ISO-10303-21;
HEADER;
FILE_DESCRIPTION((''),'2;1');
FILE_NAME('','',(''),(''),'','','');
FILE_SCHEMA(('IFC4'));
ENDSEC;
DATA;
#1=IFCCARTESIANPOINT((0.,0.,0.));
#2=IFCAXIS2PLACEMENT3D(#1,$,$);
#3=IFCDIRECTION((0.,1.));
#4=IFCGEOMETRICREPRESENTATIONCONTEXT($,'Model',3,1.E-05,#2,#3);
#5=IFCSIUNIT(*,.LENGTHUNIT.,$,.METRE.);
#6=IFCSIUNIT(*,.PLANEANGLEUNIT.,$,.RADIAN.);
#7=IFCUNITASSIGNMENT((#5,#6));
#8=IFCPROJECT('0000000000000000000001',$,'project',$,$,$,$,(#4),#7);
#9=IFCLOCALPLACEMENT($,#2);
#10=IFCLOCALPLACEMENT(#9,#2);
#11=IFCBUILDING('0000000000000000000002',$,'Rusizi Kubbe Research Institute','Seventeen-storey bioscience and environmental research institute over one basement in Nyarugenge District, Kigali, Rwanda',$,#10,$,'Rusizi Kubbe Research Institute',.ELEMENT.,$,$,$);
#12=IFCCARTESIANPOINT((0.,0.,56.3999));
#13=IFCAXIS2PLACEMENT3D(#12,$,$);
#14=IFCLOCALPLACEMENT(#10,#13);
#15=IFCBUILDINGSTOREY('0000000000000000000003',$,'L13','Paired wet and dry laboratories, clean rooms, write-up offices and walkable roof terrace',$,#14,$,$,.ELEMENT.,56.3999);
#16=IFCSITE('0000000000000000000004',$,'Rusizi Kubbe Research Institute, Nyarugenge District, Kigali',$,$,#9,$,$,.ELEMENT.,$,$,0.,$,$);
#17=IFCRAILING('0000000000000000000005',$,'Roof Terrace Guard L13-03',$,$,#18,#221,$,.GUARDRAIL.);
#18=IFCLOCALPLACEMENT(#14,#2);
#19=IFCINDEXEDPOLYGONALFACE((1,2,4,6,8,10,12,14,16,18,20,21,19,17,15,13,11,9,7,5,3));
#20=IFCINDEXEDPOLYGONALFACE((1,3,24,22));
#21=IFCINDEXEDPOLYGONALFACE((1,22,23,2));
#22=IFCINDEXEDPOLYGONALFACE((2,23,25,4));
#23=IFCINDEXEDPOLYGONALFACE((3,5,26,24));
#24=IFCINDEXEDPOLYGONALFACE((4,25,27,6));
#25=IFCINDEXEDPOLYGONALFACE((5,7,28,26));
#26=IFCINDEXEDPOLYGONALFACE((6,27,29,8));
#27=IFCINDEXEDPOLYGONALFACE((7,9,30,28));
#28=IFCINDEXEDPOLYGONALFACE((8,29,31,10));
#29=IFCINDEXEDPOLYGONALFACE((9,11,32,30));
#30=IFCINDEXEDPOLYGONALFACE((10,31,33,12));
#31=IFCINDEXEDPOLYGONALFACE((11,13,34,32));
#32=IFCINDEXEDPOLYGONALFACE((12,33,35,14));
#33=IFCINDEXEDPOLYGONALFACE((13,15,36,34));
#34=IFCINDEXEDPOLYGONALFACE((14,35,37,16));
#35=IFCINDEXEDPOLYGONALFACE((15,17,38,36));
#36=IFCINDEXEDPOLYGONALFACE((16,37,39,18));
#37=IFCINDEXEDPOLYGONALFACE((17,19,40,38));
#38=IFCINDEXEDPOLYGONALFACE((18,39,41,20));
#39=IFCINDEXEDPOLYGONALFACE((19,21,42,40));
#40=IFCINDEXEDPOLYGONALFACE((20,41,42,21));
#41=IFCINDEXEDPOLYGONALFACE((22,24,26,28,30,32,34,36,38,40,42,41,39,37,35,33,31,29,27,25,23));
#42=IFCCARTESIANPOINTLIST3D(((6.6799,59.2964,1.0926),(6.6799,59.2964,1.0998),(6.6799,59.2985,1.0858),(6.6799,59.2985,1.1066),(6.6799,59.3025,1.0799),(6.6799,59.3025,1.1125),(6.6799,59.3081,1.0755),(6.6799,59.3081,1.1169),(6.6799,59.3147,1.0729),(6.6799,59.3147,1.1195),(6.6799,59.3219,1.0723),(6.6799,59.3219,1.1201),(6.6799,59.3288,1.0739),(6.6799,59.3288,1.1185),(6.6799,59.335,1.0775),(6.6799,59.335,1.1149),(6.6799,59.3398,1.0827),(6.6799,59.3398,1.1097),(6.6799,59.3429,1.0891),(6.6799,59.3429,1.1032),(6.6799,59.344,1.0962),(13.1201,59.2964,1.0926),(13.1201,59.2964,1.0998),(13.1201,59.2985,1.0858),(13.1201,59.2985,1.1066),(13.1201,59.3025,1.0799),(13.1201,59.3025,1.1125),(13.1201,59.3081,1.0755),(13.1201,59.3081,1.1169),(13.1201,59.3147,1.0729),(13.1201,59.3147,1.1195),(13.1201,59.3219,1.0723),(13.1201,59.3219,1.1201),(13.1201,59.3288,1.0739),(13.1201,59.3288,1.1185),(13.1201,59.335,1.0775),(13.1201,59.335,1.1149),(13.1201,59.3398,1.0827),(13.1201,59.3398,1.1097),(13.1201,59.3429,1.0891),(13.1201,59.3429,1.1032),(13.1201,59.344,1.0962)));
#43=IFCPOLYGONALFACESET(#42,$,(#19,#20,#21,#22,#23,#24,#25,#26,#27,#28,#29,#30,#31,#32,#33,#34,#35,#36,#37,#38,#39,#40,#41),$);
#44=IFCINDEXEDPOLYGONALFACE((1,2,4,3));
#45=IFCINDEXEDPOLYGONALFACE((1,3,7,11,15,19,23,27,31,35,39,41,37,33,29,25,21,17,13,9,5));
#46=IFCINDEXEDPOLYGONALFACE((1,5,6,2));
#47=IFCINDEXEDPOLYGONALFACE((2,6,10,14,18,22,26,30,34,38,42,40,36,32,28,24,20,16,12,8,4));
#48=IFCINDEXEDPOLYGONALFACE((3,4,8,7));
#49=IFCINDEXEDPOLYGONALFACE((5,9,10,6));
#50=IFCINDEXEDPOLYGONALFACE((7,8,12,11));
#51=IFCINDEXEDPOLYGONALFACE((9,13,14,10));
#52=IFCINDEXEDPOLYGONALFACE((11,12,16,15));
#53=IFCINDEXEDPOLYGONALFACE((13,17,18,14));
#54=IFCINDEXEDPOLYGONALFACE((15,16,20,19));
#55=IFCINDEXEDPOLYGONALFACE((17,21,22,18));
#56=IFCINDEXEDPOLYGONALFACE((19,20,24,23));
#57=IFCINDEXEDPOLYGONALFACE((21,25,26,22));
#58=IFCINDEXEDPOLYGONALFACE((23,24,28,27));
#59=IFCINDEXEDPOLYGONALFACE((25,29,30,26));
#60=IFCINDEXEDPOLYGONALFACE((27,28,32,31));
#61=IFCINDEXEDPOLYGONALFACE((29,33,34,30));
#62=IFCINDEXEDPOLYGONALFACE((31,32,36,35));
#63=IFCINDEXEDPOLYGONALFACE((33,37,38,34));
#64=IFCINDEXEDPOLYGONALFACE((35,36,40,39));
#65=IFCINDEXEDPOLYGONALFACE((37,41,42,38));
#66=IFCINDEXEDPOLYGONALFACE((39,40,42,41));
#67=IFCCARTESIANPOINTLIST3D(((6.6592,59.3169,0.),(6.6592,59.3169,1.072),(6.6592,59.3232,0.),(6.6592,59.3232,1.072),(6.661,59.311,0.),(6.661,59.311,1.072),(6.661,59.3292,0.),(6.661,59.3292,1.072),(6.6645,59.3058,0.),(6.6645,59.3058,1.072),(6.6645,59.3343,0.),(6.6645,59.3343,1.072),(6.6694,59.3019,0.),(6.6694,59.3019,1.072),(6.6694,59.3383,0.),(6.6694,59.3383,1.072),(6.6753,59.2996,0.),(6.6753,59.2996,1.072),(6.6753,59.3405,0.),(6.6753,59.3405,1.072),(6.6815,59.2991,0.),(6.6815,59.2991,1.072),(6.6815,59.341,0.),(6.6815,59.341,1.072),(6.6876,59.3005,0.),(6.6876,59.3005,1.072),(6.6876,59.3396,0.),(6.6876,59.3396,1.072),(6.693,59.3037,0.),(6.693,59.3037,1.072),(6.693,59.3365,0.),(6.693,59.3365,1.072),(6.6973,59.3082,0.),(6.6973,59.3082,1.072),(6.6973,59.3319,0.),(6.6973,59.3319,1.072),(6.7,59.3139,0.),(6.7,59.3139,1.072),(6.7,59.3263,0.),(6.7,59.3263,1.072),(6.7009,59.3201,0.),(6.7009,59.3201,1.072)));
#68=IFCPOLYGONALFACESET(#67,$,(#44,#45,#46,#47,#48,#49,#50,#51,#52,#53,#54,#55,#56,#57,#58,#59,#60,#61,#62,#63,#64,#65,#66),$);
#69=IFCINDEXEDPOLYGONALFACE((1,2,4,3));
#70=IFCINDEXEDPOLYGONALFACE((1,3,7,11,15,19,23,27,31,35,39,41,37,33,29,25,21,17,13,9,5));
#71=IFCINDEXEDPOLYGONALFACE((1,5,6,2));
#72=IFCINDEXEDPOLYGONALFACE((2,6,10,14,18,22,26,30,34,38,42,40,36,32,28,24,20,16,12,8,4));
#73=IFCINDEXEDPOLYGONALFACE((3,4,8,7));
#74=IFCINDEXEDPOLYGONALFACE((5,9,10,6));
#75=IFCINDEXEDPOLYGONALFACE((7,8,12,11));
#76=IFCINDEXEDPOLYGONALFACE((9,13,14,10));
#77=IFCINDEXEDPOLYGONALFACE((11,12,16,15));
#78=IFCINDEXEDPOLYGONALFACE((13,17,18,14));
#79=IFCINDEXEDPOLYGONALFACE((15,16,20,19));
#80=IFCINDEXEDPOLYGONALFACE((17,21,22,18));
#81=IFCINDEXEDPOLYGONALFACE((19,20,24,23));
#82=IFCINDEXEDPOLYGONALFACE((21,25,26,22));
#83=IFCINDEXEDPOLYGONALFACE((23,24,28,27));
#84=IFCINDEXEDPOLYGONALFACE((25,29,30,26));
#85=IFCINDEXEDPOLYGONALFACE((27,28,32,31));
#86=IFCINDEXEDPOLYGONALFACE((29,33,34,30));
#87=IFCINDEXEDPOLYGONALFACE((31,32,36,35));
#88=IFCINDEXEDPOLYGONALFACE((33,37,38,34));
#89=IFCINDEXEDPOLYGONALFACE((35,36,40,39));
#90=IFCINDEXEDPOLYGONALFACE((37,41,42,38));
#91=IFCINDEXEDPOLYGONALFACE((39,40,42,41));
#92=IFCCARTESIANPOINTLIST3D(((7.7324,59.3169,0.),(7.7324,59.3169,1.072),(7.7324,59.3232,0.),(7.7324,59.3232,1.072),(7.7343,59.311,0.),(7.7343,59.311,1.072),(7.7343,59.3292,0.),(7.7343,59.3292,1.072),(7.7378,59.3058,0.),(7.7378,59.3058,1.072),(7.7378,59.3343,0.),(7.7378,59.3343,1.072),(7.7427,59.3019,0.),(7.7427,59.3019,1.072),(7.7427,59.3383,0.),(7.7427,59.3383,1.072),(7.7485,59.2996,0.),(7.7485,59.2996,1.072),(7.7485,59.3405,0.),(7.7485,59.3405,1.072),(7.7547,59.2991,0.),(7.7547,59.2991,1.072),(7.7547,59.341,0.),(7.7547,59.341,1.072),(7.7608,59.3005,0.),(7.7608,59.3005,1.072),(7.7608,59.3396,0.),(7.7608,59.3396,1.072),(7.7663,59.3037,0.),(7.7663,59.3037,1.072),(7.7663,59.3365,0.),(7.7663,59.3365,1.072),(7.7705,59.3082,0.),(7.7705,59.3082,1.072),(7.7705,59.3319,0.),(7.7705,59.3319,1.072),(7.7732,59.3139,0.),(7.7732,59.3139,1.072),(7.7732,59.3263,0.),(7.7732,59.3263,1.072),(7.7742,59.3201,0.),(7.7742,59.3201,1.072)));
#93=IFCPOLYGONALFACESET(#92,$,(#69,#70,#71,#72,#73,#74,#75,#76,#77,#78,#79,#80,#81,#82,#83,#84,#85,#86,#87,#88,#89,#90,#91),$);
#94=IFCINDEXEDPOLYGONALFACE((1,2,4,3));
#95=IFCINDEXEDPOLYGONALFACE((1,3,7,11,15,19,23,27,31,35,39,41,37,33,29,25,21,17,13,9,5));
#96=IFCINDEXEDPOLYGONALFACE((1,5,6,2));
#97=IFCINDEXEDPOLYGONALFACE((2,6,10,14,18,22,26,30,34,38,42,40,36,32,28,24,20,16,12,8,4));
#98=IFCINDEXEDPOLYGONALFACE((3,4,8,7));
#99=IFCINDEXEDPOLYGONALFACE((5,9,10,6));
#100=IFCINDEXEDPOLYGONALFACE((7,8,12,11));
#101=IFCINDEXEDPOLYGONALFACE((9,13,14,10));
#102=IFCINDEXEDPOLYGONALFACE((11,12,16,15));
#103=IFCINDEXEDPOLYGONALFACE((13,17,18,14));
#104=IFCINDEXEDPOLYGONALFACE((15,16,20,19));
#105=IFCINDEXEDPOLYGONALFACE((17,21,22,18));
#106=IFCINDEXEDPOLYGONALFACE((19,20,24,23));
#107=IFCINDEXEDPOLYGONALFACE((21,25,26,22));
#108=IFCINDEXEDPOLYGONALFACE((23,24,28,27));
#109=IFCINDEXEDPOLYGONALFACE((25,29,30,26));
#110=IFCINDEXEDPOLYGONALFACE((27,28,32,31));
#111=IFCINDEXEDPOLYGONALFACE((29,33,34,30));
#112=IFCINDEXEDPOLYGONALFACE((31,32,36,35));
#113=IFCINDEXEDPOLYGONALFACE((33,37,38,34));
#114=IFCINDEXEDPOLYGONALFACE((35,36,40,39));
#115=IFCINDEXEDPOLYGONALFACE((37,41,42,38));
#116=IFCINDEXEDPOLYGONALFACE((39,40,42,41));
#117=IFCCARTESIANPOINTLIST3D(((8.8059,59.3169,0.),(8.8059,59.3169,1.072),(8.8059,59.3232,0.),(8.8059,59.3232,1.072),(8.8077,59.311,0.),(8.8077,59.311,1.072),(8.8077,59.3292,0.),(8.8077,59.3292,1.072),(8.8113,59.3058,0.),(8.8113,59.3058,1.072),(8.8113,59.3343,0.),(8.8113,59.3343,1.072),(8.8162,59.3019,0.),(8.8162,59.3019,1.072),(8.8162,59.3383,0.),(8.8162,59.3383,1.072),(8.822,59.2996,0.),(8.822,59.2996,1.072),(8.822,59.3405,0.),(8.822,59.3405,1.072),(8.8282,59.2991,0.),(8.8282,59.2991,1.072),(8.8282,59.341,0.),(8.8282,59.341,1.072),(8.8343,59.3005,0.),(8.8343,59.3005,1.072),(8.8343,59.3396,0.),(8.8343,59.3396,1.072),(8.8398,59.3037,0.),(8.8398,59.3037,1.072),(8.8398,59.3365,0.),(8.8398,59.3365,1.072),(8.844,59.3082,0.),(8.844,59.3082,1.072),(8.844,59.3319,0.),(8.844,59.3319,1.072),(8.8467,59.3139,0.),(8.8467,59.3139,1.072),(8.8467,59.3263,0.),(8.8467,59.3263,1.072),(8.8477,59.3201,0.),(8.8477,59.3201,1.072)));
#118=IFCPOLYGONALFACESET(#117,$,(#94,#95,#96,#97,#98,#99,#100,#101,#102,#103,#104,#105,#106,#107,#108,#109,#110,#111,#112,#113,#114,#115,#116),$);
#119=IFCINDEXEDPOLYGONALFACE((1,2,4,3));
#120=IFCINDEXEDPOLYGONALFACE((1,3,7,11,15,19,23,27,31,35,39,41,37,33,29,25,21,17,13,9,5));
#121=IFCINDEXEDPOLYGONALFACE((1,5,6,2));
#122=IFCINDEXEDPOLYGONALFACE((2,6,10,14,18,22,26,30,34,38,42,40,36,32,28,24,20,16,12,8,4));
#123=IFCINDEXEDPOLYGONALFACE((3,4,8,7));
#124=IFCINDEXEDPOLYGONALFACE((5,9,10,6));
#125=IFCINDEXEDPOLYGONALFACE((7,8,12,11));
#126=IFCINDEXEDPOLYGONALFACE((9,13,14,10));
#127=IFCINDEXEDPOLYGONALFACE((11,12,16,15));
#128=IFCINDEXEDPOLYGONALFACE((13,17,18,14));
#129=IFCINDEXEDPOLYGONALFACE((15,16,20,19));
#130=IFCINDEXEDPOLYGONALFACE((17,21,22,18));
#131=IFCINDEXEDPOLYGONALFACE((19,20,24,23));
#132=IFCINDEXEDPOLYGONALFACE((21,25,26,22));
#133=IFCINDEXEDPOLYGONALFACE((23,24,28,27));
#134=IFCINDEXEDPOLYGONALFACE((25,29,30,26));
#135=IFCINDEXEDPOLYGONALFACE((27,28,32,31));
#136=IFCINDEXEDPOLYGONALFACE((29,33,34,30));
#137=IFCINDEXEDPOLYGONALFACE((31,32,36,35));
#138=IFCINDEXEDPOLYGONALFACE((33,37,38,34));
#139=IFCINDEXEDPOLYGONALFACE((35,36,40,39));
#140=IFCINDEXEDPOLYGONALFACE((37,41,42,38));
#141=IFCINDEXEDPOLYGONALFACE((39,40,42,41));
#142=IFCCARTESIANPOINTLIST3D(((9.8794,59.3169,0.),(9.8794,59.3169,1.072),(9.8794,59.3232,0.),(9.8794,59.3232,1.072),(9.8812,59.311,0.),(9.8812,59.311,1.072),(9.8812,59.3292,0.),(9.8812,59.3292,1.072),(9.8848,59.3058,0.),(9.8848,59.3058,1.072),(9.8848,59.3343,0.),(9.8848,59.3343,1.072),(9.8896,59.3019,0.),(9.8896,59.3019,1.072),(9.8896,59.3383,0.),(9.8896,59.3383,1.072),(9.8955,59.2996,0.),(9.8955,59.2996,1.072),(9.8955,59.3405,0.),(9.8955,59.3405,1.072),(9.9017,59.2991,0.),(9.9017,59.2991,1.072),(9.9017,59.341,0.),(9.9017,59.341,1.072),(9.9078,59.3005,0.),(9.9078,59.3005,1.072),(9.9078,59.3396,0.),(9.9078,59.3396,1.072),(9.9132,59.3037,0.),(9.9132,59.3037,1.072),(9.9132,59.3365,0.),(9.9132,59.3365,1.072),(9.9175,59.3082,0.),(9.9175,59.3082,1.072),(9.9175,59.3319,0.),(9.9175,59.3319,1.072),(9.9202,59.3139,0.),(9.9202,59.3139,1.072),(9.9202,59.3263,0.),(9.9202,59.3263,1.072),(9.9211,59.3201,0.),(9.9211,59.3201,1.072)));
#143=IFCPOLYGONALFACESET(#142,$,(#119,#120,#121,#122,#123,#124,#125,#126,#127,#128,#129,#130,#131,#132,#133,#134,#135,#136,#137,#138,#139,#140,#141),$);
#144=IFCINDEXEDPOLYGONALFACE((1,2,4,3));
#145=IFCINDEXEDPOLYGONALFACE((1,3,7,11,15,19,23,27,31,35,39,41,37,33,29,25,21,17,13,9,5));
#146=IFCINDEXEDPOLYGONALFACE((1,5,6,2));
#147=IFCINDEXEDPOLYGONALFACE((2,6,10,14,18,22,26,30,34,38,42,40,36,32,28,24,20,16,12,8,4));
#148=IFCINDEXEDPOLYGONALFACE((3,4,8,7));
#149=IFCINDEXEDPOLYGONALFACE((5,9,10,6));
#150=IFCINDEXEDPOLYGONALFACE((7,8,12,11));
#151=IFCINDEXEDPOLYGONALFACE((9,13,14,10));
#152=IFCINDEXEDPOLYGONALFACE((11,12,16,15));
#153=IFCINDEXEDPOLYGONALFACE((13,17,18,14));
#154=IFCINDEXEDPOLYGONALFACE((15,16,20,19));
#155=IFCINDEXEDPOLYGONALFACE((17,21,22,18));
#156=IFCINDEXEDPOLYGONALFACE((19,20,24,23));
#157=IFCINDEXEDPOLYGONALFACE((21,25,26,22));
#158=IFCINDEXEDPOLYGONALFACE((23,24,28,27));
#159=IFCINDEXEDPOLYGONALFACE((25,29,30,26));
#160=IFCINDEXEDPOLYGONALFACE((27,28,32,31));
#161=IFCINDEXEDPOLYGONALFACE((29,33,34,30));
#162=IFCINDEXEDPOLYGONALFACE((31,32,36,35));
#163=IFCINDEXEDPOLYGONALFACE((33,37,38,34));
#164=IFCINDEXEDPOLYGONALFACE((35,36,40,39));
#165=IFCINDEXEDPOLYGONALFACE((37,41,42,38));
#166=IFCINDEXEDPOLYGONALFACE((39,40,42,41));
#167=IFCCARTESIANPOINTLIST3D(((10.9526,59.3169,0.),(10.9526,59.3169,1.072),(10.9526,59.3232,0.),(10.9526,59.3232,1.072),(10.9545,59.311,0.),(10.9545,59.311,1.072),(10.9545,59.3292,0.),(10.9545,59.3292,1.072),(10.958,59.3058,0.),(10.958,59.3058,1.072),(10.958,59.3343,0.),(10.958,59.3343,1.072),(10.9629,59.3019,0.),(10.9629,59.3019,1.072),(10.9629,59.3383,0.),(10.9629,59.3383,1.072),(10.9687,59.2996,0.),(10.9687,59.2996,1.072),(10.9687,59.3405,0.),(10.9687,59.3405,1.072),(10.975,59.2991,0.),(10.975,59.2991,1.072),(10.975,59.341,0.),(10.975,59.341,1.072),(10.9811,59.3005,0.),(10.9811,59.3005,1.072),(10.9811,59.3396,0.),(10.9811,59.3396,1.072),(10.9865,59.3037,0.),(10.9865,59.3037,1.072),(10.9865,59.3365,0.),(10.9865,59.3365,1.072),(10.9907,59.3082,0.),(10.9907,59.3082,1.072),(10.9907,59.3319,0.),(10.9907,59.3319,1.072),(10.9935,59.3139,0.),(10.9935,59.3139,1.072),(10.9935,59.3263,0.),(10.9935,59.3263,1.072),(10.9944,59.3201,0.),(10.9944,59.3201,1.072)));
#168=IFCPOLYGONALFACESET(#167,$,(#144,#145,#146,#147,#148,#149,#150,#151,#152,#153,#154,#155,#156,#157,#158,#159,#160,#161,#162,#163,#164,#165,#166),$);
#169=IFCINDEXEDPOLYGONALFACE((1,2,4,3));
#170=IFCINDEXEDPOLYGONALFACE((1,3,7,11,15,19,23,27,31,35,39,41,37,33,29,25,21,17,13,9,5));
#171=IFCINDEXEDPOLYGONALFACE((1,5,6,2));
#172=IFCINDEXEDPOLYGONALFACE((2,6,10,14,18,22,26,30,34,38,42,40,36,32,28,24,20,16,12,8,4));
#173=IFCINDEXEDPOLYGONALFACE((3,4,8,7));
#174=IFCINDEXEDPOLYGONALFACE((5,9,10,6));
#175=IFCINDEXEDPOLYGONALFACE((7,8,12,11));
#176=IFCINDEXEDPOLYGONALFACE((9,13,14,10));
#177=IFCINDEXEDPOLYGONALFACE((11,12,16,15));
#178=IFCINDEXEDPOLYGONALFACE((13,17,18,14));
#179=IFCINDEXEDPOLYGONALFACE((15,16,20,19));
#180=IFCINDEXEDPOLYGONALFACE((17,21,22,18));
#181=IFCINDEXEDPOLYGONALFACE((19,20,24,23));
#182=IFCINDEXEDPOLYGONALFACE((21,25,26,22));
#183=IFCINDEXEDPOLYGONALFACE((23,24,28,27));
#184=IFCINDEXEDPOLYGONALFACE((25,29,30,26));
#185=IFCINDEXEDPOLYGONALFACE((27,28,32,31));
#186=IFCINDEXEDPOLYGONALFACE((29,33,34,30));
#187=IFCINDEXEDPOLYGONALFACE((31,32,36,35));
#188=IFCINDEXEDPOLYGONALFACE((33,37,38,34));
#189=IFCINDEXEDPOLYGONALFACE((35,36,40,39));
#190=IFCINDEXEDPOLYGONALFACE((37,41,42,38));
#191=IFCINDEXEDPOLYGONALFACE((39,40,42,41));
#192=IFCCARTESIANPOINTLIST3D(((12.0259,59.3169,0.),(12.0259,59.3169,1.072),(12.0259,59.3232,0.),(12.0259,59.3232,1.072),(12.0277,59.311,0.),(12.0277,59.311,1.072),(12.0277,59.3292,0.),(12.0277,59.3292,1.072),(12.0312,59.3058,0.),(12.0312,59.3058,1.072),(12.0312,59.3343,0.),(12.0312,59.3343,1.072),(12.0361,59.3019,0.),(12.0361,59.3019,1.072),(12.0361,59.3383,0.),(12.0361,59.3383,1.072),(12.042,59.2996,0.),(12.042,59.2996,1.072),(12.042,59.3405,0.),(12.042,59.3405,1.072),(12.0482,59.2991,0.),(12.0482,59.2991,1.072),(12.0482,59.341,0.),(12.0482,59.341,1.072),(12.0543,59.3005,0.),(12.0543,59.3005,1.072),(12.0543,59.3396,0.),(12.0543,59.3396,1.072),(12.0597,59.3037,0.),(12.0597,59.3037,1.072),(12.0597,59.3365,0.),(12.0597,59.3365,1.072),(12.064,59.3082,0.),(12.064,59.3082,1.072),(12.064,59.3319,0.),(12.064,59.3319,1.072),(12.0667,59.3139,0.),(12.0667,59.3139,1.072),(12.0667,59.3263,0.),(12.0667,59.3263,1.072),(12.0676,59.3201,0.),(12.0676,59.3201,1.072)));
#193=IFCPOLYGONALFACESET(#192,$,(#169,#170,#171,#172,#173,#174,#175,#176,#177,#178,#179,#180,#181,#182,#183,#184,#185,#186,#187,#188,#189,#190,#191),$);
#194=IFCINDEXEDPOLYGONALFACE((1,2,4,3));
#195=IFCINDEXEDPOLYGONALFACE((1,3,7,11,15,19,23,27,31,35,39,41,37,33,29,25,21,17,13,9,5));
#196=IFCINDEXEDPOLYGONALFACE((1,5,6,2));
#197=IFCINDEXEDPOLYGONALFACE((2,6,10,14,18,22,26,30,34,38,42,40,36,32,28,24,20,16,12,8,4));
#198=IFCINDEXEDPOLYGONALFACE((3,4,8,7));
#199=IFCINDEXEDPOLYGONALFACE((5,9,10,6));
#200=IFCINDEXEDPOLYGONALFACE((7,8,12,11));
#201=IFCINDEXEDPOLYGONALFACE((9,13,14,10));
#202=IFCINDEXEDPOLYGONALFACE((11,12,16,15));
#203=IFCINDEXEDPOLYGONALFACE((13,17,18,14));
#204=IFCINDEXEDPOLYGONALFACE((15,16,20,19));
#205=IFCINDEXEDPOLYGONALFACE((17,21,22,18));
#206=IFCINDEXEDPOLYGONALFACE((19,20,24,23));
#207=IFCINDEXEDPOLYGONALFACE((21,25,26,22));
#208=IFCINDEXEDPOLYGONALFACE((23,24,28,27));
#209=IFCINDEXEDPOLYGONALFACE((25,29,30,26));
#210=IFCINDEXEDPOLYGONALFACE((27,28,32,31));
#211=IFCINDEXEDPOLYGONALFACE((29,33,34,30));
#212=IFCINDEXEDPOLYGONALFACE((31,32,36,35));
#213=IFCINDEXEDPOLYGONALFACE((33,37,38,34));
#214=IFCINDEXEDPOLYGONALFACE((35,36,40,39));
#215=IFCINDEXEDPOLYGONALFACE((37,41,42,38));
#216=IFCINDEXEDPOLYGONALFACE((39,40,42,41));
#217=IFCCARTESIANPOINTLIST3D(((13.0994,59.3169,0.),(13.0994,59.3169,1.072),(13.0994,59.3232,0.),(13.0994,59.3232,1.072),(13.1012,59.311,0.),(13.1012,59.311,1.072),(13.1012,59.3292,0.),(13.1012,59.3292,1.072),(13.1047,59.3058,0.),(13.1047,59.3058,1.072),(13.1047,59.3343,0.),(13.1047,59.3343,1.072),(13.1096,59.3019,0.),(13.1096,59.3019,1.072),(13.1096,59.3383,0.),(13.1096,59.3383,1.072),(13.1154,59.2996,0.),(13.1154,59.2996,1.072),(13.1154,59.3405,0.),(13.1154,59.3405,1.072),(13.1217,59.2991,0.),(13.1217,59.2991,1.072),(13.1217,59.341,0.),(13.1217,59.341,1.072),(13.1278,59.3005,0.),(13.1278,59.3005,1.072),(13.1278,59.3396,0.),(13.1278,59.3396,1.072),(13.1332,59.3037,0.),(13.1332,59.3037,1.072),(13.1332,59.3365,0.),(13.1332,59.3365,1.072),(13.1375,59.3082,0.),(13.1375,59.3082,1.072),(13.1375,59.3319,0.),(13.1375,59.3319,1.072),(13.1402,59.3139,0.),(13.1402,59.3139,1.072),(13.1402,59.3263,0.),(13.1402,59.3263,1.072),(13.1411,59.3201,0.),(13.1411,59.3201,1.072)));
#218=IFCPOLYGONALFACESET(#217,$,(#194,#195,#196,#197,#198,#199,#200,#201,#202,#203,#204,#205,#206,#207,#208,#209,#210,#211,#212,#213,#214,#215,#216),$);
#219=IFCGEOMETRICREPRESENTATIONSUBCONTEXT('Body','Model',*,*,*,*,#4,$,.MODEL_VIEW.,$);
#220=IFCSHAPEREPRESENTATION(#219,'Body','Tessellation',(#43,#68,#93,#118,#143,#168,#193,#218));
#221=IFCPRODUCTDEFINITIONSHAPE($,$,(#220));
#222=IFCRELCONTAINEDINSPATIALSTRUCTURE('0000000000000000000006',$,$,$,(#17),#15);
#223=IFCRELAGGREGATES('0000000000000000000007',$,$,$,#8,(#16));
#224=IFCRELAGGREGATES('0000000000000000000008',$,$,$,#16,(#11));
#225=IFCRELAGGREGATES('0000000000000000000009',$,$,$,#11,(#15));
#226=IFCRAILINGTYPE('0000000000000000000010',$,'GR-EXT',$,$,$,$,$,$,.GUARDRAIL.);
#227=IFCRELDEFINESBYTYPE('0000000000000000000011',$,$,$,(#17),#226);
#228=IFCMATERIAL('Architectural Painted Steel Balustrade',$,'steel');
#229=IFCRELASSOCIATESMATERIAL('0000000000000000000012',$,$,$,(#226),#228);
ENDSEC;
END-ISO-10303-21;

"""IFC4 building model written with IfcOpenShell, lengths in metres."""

from ifc_helpers import new_model, si_unit, direction, frame, origin, origin_2d, place, context, subcontext, project, spatial, circle, extrude, material, type_object, element, save


model = new_model("IFC4")

# Units and contexts
model_context = context("Model", 3, precision=1e-05, world=origin(), true_north=direction((0.0, 1.0)))
body_context = subcontext(model_context, "Body", "Model", "MODEL_VIEW")
ifc_project = project(units=[si_unit("LENGTHUNIT", "METRE"), si_unit("PLANEANGLEUNIT", "RADIAN")], contexts=[model_context])

# Site, building, storey
site_placement = place(None, origin())
site = spatial("IfcSite", under=ifc_project, at=site_placement, Name="Rusizi Kubbe Research Institute, Nyarugenge District, Kigali", CompositionType="ELEMENT", RefElevation=0.0)
building_placement = place(site_placement, origin())
building = spatial("IfcBuilding", under=site, at=building_placement, Name="Rusizi Kubbe Research Institute", Description="Seventeen-storey bioscience and environmental research institute over one basement in Nyarugenge District, Kigali, Rwanda", LongName="Rusizi Kubbe Research Institute", CompositionType="ELEMENT")
storey_placement = place(building_placement, frame((0.0, 0.0, 56.3999)))
storey = spatial("IfcBuildingStorey", under=building, at=storey_placement, Name="L13", Description="Paired wet and dry laboratories, clean rooms, write-up offices and walkable roof terrace", CompositionType="ELEMENT", Elevation=56.3999)

# Railing
ifc_material_1 = material(Name="Architectural Painted Steel Balustrade", Category="steel")
railing_type = type_object("IfcRailingType", Name="GR-EXT", PredefinedType="GUARDRAIL", material=ifc_material_1)
railing_1_placement = place(storey_placement, frame((6.6799, 59.3201, 0.0)))
element("IfcRailing", 1, at=railing_1_placement, inside=storey, type_object=railing_type, Name="Roof Terrace Guard L13-03", PredefinedType="GUARDRAIL", context=body_context, shape_type="SweptSolid", body=[
    extrude(circle(Radius=0.0239, at=origin_2d()), frame((0.0, 0.0, 1.0962), z_axis=(1.0, 0.0, 0.0), x_axis=(0.0, 1.0, 0.0)), (0.0, 0.0, 1.0), 6.4402),
    extrude(circle(Radius=0.021, at=origin_2d()), origin(), (0.0, 0.0, 1.0), 1.072),
    extrude(circle(Radius=0.021, at=origin_2d()), frame((1.0732, 0.0, 0.0)), (0.0, 0.0, 1.0), 1.072),
    extrude(circle(Radius=0.021, at=origin_2d()), frame((2.1467, 0.0, 0.0)), (0.0, 0.0, 1.0), 1.072),
    extrude(circle(Radius=0.021, at=origin_2d()), frame((3.2202, 0.0, 0.0)), (0.0, 0.0, 1.0), 1.072),
    extrude(circle(Radius=0.021, at=origin_2d()), frame((4.2935, 0.0, 0.0)), (0.0, 0.0, 1.0), 1.072),
    extrude(circle(Radius=0.021, at=origin_2d()), frame((5.3667, 0.0, 0.0)), (0.0, 0.0, 1.0), 1.072),
    extrude(circle(Radius=0.021, at=origin_2d()), frame((6.4402, 0.0, 0.0)), (0.0, 0.0, 1.0), 1.072),
])

save(model, "model.ifc")
